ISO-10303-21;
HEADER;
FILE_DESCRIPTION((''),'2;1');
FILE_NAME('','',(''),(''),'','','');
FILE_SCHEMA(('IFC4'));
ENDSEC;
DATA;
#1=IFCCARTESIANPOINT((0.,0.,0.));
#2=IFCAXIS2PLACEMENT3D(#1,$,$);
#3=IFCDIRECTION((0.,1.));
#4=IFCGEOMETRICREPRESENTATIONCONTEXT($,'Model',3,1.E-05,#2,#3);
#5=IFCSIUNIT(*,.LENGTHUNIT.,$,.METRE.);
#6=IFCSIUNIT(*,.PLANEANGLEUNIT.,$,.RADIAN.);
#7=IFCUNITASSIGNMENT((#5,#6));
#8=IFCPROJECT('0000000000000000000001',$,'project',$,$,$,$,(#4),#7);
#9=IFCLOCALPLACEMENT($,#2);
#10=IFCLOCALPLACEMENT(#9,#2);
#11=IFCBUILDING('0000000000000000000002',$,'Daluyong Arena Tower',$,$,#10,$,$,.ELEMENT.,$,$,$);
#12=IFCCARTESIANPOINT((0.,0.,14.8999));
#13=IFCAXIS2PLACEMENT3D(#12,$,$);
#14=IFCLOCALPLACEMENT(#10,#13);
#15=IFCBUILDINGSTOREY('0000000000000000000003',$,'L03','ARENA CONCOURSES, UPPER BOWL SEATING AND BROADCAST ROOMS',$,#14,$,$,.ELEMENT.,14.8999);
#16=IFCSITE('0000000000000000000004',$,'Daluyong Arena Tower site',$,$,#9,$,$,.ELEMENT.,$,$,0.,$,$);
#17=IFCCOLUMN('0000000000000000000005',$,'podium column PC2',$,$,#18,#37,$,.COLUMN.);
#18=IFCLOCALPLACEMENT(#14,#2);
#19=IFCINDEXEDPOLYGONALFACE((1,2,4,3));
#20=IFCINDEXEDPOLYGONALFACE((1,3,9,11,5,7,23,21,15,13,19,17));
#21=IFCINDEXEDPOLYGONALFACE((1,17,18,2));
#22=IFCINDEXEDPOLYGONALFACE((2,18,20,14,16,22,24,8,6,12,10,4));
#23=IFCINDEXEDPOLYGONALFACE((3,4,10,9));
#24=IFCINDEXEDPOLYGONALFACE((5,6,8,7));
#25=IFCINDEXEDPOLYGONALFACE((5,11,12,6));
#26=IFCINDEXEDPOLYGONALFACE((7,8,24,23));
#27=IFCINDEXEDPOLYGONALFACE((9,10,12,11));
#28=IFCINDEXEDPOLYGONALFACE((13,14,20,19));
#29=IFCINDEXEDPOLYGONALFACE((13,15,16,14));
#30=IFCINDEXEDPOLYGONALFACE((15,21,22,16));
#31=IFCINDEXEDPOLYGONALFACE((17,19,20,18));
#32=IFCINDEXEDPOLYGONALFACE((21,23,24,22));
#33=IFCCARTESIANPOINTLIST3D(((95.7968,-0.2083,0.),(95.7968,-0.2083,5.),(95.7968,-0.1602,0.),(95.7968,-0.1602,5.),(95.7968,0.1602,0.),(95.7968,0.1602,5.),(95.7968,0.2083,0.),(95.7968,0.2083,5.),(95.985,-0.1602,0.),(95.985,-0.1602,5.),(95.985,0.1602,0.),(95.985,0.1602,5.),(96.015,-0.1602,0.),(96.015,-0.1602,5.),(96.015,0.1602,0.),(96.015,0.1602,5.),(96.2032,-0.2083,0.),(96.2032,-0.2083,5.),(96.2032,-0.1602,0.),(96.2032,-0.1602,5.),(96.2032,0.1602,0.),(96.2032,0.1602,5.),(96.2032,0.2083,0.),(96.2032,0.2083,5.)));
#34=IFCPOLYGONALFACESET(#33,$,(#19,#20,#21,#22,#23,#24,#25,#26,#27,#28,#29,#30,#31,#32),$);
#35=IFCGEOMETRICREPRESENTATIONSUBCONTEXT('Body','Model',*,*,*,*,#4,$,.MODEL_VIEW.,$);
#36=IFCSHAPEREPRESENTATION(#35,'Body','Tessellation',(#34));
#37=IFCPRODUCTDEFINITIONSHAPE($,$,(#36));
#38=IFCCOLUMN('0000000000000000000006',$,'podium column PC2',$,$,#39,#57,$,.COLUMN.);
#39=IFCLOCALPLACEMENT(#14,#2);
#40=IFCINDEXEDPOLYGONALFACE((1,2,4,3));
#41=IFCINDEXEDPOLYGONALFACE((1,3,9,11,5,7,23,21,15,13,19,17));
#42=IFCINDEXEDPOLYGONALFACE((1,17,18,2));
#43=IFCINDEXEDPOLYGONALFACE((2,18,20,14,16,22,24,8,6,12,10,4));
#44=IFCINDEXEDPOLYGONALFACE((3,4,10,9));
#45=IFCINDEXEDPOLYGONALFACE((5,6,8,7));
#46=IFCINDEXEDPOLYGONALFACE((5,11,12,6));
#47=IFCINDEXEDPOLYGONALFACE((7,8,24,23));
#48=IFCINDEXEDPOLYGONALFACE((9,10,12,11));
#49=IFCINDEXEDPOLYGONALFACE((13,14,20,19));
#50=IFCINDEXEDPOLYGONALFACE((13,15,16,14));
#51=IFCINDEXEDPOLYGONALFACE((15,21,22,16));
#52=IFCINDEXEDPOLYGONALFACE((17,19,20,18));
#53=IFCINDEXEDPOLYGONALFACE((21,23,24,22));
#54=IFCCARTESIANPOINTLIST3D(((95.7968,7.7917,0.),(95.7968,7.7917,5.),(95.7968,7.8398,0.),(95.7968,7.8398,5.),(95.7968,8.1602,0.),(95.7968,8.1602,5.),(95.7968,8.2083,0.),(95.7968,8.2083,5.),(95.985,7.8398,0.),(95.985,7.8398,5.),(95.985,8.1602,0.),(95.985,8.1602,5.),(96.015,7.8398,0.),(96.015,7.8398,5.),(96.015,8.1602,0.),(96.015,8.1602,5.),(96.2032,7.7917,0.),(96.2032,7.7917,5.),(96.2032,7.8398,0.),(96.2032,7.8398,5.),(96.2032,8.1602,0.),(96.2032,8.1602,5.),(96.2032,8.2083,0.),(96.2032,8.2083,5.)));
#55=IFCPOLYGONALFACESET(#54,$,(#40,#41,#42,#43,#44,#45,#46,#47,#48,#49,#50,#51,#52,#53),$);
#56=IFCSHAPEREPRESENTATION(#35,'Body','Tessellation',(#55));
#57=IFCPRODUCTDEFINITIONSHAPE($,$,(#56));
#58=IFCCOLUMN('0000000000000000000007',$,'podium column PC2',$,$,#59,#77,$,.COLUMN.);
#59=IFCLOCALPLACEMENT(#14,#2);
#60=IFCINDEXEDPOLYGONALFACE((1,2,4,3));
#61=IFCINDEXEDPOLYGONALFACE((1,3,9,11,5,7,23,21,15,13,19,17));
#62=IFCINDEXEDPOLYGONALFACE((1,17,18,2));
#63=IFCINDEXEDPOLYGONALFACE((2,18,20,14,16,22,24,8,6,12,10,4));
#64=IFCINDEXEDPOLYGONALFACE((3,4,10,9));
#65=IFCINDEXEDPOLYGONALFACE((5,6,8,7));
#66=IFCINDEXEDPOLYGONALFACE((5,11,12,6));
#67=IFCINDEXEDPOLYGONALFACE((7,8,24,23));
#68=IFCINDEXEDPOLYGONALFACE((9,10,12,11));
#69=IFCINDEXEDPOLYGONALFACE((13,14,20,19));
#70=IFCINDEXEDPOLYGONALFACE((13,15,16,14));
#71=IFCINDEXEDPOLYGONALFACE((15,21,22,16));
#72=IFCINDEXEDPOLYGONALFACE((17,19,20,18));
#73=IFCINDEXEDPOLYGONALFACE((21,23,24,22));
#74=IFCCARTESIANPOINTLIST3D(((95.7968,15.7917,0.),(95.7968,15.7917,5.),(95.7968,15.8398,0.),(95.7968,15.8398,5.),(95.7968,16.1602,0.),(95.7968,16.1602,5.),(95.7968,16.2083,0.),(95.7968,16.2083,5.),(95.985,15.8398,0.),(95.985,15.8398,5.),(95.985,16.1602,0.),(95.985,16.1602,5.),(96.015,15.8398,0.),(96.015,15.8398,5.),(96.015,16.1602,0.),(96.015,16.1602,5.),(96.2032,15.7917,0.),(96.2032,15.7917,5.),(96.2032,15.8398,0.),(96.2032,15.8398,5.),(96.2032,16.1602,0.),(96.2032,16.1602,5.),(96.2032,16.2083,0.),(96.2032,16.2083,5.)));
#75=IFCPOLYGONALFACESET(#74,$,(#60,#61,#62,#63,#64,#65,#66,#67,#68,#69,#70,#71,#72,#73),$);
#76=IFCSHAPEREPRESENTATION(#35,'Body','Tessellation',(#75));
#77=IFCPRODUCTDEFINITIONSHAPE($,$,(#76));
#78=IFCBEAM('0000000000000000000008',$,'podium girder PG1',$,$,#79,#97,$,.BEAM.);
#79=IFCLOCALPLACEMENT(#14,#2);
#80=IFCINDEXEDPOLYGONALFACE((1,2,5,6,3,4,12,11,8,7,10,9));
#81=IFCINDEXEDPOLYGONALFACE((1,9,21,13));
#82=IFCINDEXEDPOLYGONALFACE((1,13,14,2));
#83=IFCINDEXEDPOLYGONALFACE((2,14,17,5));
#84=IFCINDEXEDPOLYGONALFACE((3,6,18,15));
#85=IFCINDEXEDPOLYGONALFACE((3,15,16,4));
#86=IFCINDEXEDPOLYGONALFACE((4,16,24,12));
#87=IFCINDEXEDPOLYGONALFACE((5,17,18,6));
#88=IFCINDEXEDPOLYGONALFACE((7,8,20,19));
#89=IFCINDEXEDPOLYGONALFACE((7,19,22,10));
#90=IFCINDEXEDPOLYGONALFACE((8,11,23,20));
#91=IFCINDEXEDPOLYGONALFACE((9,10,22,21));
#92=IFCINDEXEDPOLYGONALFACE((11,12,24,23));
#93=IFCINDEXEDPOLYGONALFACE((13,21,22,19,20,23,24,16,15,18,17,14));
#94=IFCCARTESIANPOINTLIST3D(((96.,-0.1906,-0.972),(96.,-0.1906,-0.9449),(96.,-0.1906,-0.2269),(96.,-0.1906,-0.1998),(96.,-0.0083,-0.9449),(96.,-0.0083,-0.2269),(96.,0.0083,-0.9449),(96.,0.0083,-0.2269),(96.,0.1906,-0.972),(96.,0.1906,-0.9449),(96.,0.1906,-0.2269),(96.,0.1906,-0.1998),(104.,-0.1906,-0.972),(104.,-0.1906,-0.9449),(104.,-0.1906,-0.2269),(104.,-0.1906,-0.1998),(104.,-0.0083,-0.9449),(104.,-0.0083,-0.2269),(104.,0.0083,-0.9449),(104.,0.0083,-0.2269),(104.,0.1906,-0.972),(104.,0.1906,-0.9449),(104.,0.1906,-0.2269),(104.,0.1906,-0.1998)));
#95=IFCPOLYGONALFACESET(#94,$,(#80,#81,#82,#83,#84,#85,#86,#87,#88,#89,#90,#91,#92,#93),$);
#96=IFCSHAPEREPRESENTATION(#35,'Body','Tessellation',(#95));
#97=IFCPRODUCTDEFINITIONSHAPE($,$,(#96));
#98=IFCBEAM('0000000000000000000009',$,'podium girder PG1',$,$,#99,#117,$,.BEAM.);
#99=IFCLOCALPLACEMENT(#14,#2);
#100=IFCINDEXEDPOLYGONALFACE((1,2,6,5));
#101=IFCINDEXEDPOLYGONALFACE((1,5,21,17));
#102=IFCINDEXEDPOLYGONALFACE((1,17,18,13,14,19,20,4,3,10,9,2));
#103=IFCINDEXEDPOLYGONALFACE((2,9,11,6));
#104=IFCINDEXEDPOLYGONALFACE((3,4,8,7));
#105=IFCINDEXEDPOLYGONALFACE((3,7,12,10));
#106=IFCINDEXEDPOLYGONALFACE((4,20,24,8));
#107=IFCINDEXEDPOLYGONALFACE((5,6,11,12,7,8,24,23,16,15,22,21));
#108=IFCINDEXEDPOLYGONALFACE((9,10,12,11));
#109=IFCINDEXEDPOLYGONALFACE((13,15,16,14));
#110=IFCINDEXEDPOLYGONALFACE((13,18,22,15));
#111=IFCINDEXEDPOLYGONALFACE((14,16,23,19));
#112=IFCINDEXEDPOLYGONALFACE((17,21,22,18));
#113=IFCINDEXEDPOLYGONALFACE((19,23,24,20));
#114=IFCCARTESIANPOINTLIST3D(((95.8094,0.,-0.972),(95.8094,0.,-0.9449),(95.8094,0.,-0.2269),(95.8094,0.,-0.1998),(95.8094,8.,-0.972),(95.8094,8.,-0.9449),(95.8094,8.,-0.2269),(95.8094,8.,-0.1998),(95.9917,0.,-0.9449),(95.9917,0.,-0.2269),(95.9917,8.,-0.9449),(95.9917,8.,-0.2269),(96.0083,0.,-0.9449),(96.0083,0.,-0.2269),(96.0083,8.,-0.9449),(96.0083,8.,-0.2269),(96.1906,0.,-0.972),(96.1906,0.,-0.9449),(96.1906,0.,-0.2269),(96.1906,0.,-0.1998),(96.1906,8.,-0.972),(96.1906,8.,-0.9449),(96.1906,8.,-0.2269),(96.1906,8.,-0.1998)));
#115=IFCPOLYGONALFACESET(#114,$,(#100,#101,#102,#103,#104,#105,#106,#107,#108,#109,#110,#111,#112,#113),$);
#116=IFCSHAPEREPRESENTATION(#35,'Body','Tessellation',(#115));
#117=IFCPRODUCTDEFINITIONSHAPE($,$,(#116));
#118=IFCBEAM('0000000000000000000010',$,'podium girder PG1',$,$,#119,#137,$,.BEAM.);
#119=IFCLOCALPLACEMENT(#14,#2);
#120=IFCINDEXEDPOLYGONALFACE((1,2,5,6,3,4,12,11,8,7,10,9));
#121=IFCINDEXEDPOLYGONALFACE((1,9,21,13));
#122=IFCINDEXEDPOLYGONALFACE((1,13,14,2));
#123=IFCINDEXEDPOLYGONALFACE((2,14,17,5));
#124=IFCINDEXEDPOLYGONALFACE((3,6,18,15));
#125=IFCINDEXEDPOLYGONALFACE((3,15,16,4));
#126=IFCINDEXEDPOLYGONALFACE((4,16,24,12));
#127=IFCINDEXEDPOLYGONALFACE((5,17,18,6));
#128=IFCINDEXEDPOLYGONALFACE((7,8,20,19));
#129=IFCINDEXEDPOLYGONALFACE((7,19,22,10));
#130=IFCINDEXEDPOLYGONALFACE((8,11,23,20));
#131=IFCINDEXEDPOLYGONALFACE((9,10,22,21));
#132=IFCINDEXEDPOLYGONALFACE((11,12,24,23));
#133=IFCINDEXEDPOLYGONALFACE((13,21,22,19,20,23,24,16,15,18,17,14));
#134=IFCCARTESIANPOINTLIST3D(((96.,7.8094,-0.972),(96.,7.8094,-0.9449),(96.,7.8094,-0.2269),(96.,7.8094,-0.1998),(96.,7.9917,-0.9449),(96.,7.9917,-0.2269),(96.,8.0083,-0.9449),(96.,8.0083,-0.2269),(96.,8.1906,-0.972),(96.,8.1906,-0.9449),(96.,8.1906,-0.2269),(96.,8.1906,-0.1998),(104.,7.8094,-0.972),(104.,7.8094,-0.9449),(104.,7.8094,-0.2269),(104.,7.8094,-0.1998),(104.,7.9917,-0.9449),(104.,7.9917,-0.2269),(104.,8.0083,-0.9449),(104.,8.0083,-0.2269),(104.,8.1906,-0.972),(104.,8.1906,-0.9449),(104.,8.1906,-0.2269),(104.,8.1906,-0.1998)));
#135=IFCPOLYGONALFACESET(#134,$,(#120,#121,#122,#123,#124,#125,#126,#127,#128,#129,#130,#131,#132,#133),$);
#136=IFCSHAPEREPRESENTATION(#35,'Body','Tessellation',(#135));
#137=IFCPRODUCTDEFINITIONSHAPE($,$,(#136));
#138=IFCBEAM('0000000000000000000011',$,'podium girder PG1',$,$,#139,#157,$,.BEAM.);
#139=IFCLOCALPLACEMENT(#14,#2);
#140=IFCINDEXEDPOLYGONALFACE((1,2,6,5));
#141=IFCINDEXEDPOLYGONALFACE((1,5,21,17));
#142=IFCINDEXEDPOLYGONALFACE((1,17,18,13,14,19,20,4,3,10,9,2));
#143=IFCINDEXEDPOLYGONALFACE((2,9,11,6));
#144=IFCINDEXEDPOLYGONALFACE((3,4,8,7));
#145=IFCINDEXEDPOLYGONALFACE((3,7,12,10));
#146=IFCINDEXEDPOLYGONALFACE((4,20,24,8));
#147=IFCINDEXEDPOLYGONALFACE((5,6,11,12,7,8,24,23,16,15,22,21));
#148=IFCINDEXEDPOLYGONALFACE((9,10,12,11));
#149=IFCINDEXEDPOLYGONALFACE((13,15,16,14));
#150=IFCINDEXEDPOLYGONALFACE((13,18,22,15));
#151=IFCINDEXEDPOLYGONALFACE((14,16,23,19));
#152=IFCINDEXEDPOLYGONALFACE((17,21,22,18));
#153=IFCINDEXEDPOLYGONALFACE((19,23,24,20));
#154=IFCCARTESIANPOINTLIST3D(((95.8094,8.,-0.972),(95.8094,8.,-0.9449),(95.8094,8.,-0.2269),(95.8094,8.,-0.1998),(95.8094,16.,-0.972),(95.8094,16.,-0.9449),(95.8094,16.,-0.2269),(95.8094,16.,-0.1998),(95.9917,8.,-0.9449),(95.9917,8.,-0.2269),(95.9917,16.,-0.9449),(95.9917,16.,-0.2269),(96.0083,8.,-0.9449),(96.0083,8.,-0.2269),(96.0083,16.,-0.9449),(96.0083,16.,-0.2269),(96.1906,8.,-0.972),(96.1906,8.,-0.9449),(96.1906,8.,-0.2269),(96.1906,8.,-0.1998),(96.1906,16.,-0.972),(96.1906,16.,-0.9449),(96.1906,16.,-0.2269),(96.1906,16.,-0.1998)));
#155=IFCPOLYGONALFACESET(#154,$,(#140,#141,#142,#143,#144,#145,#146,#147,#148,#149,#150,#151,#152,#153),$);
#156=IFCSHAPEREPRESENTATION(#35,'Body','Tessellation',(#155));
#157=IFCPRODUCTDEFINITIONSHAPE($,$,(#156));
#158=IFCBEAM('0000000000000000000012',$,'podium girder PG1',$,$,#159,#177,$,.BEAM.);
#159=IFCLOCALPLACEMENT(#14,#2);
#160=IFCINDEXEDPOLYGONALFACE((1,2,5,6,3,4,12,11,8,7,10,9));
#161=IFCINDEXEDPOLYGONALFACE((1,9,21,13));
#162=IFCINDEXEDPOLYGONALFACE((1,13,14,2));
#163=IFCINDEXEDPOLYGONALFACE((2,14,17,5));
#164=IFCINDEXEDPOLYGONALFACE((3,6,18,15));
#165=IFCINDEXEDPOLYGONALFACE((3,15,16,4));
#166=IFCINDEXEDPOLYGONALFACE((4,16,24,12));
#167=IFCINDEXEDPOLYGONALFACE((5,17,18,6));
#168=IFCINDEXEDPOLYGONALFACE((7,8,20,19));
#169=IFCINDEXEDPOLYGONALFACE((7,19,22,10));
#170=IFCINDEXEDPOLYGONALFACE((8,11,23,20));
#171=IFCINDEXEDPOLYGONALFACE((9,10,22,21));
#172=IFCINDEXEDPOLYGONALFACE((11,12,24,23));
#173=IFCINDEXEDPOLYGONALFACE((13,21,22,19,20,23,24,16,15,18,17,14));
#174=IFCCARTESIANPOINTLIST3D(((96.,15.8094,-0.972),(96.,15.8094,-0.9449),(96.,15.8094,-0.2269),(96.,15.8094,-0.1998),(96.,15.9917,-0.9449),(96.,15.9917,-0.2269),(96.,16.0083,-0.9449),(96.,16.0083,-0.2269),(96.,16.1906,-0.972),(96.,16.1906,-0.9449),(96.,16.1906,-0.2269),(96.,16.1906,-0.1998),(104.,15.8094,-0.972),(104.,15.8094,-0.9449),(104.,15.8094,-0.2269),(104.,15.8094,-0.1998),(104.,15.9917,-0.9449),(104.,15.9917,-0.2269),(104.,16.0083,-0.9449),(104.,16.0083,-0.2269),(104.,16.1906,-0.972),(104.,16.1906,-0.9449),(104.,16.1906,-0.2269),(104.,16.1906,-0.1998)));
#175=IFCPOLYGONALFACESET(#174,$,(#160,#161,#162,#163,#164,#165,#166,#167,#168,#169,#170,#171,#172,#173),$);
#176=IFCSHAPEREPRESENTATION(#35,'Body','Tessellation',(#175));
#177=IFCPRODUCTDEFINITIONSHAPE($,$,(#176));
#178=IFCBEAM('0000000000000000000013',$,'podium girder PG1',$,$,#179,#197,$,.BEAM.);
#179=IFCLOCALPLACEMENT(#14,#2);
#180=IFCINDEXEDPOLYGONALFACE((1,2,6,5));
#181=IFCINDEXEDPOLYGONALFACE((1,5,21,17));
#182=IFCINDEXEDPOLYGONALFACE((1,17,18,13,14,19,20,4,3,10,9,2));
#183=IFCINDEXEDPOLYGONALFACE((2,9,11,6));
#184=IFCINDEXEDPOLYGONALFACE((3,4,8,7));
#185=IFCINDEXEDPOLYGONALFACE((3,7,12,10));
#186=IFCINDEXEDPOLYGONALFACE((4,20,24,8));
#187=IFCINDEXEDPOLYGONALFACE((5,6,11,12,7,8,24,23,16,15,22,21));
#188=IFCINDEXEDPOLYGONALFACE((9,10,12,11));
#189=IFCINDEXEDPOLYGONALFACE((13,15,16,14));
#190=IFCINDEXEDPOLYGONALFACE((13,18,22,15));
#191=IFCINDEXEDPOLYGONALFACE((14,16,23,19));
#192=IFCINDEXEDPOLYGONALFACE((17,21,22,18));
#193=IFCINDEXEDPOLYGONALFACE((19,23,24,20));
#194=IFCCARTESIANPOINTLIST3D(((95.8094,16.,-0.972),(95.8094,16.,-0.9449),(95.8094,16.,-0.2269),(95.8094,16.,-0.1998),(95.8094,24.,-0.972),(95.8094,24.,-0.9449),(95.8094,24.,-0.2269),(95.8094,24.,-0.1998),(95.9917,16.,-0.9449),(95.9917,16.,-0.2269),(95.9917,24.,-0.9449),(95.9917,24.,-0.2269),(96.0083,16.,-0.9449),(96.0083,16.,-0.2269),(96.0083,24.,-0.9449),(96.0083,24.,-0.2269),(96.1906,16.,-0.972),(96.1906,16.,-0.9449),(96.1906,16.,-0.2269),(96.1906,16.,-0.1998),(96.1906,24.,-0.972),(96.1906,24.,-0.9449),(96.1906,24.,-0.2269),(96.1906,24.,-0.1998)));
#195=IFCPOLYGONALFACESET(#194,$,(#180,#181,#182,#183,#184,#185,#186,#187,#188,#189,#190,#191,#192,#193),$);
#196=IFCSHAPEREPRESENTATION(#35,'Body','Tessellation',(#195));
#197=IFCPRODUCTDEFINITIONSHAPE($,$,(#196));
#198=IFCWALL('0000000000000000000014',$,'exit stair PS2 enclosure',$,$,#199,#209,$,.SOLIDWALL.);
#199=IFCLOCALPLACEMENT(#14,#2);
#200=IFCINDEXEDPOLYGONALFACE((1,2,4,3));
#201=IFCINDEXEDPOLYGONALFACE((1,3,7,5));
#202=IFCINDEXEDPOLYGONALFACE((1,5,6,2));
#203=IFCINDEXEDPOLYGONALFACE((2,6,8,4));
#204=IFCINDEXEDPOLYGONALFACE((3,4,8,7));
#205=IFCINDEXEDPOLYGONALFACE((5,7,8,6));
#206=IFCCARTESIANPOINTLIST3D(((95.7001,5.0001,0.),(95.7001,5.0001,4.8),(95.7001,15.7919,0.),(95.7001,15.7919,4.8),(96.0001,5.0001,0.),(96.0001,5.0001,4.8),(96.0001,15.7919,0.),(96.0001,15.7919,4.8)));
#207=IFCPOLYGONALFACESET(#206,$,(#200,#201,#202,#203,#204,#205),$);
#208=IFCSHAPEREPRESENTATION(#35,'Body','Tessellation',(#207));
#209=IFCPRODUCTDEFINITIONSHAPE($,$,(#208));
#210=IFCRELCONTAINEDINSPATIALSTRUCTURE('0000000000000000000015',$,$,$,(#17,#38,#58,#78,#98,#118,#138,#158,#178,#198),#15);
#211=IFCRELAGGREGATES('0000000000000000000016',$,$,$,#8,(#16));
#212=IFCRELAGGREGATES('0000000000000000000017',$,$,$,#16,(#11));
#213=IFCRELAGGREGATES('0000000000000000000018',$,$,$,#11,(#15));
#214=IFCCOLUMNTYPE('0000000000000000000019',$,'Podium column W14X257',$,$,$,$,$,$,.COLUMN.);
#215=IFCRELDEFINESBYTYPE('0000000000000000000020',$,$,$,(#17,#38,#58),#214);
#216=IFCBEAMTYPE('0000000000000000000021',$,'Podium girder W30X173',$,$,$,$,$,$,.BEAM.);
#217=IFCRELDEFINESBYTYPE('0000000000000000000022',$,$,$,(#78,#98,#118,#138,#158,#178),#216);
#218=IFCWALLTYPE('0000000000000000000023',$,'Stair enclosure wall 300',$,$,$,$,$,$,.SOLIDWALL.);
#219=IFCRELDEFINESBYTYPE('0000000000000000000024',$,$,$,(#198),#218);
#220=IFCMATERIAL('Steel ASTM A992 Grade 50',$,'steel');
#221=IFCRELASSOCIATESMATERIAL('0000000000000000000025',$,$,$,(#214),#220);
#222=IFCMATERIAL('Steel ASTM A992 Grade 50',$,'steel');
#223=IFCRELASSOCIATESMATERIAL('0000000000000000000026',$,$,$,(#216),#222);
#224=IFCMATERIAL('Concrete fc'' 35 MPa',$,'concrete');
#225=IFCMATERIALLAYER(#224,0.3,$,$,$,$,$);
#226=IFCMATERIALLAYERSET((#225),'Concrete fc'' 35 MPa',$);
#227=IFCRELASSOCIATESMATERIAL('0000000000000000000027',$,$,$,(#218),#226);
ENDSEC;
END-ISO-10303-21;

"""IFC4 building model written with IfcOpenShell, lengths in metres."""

from ifc_helpers import new_model, si_unit, direction, frame, frame_2d, origin, origin_2d, place, context, subcontext, project, spatial, rectangle, i_section, extrude, material, layer, layer_set, material_profile, profile_set, type_object, element, save


model = new_model("IFC4")

# Units and contexts
model_context = context("Model", 3, precision=1e-05, world=origin(), true_north=direction((0.0, 1.0)))
body_context = subcontext(model_context, "Body", "Model", "MODEL_VIEW")
ifc_project = project(units=[si_unit("LENGTHUNIT", "METRE"), si_unit("PLANEANGLEUNIT", "RADIAN")], contexts=[model_context])

# Site, building, storey
site_placement = place(None, origin())
site = spatial("IfcSite", under=ifc_project, at=site_placement, Name="Daluyong Arena Tower site", CompositionType="ELEMENT", RefElevation=0.0)
building_placement = place(site_placement, origin())
building = spatial("IfcBuilding", under=site, at=building_placement, Name="Daluyong Arena Tower", CompositionType="ELEMENT")
storey_placement = place(building_placement, frame((0.0, 0.0, 14.8999)))
storey = spatial("IfcBuildingStorey", under=building, at=storey_placement, Name="L03", Description="ARENA CONCOURSES, UPPER BOWL SEATING AND BROADCAST ROOMS", CompositionType="ELEMENT", Elevation=14.8999)

# Columns
ifc_material_1 = material(Name="Steel ASTM A992 Grade 50", Category="steel")
ifc_material_profile_1 = material_profile(ifc_material_1, i_section(OverallWidth=0.4065, OverallDepth=0.4165, WebThickness=0.03, FlangeThickness=0.0481, at=origin_2d()))
ifc_profile_set_1 = profile_set([ifc_material_profile_1], Name="Steel ASTM A992 Grade 50")
column_type = type_object("IfcColumnType", Name="Podium column W14X257", PredefinedType="COLUMN", material=ifc_profile_set_1)
for number, where, z_axis, x_axis, name in (
    (1, (96.0, 0.0, 0.0), (0.0, 0.0, 1.0), (1.0, 0.0, 0.0), "podium column PC2"),
    (2, (96.0, 8.0, 0.0), (0.0, 0.0, 1.0), (1.0, 0.0, 0.0), "podium column PC2"),
    (3, (96.0, 16.0, 0.0), (0.0, 0.0, 1.0), (1.0, 0.0, 0.0), "podium column PC2"),
):
    element("IfcColumn", number, at=place(storey_placement, frame(where, z_axis=z_axis, x_axis=x_axis)), inside=storey, type_object=column_type, Name=name, PredefinedType="COLUMN", context=body_context, shape_type="SweptSolid", body=[
        extrude(i_section(OverallWidth=0.4065, OverallDepth=0.4165, WebThickness=0.03, FlangeThickness=0.0481, at=origin_2d()), origin(), (0.0, 0.0, 1.0), 5.0),
    ])

# Beams
ifc_material_2 = material(Name="Steel ASTM A992 Grade 50", Category="steel")
ifc_material_profile_2 = material_profile(ifc_material_2, i_section(OverallWidth=0.3811, OverallDepth=0.7722, WebThickness=0.0166, FlangeThickness=0.0271, at=origin_2d()))
ifc_profile_set_2 = profile_set([ifc_material_profile_2], Name="Steel ASTM A992 Grade 50")
beam_type = type_object("IfcBeamType", Name="Podium girder W30X173", PredefinedType="BEAM", material=ifc_profile_set_2)
for number, where, z_axis, x_axis, name in (
    (4, (96.0, 0.0, -0.5859), (1.0, 0.0, 0.0), (0.0, 1.0, 0.0), "podium girder PG1"),
    (5, (96.0, 0.0, -0.5859), (0.0, 1.0, 0.0), (-1.0, 0.0, 0.0), "podium girder PG1"),
    (6, (96.0, 8.0, -0.5859), (1.0, 0.0, 0.0), (0.0, 1.0, 0.0), "podium girder PG1"),
    (7, (96.0, 8.0, -0.5859), (0.0, 1.0, 0.0), (-1.0, 0.0, 0.0), "podium girder PG1"),
    (8, (96.0, 16.0, -0.5859), (1.0, 0.0, 0.0), (0.0, 1.0, 0.0), "podium girder PG1"),
    (9, (96.0, 16.0, -0.5859), (0.0, 1.0, 0.0), (-1.0, 0.0, 0.0), "podium girder PG1"),
):
    element("IfcBeam", number, at=place(storey_placement, frame(where, z_axis=z_axis, x_axis=x_axis)), inside=storey, type_object=beam_type, Name=name, PredefinedType="BEAM", context=body_context, shape_type="SweptSolid", body=[
        extrude(i_section(OverallWidth=0.3811, OverallDepth=0.7722, WebThickness=0.0166, FlangeThickness=0.0271, at=origin_2d()), origin(), (0.0, 0.0, 1.0), 8.0),
    ])

# Wall
ifc_material_3 = material(Name="Concrete fc' 35 MPa", Category="concrete")
ifc_layer = layer(ifc_material_3, 0.3)
ifc_layer_set = layer_set([ifc_layer], Name="Concrete fc' 35 MPa")
wall_type = type_object("IfcWallType", Name="Stair enclosure wall 300", PredefinedType="SOLIDWALL", material=ifc_layer_set)
wall_1_placement = place(storey_placement, frame((95.8501, 5.0, 0.0), z_axis=(0.0, 0.0, 1.0), x_axis=(0.0, 1.0, 0.0)))
element("IfcWall", 10, at=wall_1_placement, inside=storey, type_object=wall_type, Name="exit stair PS2 enclosure", PredefinedType="SOLIDWALL", context=body_context, shape_type="SweptSolid", body=[
    extrude(rectangle(XDim=10.7917, YDim=0.3, at=frame_2d((5.396, 0.0))), origin(), (0.0, 0.0, 1.0), 4.8),
])

save(model, "model.ifc")
